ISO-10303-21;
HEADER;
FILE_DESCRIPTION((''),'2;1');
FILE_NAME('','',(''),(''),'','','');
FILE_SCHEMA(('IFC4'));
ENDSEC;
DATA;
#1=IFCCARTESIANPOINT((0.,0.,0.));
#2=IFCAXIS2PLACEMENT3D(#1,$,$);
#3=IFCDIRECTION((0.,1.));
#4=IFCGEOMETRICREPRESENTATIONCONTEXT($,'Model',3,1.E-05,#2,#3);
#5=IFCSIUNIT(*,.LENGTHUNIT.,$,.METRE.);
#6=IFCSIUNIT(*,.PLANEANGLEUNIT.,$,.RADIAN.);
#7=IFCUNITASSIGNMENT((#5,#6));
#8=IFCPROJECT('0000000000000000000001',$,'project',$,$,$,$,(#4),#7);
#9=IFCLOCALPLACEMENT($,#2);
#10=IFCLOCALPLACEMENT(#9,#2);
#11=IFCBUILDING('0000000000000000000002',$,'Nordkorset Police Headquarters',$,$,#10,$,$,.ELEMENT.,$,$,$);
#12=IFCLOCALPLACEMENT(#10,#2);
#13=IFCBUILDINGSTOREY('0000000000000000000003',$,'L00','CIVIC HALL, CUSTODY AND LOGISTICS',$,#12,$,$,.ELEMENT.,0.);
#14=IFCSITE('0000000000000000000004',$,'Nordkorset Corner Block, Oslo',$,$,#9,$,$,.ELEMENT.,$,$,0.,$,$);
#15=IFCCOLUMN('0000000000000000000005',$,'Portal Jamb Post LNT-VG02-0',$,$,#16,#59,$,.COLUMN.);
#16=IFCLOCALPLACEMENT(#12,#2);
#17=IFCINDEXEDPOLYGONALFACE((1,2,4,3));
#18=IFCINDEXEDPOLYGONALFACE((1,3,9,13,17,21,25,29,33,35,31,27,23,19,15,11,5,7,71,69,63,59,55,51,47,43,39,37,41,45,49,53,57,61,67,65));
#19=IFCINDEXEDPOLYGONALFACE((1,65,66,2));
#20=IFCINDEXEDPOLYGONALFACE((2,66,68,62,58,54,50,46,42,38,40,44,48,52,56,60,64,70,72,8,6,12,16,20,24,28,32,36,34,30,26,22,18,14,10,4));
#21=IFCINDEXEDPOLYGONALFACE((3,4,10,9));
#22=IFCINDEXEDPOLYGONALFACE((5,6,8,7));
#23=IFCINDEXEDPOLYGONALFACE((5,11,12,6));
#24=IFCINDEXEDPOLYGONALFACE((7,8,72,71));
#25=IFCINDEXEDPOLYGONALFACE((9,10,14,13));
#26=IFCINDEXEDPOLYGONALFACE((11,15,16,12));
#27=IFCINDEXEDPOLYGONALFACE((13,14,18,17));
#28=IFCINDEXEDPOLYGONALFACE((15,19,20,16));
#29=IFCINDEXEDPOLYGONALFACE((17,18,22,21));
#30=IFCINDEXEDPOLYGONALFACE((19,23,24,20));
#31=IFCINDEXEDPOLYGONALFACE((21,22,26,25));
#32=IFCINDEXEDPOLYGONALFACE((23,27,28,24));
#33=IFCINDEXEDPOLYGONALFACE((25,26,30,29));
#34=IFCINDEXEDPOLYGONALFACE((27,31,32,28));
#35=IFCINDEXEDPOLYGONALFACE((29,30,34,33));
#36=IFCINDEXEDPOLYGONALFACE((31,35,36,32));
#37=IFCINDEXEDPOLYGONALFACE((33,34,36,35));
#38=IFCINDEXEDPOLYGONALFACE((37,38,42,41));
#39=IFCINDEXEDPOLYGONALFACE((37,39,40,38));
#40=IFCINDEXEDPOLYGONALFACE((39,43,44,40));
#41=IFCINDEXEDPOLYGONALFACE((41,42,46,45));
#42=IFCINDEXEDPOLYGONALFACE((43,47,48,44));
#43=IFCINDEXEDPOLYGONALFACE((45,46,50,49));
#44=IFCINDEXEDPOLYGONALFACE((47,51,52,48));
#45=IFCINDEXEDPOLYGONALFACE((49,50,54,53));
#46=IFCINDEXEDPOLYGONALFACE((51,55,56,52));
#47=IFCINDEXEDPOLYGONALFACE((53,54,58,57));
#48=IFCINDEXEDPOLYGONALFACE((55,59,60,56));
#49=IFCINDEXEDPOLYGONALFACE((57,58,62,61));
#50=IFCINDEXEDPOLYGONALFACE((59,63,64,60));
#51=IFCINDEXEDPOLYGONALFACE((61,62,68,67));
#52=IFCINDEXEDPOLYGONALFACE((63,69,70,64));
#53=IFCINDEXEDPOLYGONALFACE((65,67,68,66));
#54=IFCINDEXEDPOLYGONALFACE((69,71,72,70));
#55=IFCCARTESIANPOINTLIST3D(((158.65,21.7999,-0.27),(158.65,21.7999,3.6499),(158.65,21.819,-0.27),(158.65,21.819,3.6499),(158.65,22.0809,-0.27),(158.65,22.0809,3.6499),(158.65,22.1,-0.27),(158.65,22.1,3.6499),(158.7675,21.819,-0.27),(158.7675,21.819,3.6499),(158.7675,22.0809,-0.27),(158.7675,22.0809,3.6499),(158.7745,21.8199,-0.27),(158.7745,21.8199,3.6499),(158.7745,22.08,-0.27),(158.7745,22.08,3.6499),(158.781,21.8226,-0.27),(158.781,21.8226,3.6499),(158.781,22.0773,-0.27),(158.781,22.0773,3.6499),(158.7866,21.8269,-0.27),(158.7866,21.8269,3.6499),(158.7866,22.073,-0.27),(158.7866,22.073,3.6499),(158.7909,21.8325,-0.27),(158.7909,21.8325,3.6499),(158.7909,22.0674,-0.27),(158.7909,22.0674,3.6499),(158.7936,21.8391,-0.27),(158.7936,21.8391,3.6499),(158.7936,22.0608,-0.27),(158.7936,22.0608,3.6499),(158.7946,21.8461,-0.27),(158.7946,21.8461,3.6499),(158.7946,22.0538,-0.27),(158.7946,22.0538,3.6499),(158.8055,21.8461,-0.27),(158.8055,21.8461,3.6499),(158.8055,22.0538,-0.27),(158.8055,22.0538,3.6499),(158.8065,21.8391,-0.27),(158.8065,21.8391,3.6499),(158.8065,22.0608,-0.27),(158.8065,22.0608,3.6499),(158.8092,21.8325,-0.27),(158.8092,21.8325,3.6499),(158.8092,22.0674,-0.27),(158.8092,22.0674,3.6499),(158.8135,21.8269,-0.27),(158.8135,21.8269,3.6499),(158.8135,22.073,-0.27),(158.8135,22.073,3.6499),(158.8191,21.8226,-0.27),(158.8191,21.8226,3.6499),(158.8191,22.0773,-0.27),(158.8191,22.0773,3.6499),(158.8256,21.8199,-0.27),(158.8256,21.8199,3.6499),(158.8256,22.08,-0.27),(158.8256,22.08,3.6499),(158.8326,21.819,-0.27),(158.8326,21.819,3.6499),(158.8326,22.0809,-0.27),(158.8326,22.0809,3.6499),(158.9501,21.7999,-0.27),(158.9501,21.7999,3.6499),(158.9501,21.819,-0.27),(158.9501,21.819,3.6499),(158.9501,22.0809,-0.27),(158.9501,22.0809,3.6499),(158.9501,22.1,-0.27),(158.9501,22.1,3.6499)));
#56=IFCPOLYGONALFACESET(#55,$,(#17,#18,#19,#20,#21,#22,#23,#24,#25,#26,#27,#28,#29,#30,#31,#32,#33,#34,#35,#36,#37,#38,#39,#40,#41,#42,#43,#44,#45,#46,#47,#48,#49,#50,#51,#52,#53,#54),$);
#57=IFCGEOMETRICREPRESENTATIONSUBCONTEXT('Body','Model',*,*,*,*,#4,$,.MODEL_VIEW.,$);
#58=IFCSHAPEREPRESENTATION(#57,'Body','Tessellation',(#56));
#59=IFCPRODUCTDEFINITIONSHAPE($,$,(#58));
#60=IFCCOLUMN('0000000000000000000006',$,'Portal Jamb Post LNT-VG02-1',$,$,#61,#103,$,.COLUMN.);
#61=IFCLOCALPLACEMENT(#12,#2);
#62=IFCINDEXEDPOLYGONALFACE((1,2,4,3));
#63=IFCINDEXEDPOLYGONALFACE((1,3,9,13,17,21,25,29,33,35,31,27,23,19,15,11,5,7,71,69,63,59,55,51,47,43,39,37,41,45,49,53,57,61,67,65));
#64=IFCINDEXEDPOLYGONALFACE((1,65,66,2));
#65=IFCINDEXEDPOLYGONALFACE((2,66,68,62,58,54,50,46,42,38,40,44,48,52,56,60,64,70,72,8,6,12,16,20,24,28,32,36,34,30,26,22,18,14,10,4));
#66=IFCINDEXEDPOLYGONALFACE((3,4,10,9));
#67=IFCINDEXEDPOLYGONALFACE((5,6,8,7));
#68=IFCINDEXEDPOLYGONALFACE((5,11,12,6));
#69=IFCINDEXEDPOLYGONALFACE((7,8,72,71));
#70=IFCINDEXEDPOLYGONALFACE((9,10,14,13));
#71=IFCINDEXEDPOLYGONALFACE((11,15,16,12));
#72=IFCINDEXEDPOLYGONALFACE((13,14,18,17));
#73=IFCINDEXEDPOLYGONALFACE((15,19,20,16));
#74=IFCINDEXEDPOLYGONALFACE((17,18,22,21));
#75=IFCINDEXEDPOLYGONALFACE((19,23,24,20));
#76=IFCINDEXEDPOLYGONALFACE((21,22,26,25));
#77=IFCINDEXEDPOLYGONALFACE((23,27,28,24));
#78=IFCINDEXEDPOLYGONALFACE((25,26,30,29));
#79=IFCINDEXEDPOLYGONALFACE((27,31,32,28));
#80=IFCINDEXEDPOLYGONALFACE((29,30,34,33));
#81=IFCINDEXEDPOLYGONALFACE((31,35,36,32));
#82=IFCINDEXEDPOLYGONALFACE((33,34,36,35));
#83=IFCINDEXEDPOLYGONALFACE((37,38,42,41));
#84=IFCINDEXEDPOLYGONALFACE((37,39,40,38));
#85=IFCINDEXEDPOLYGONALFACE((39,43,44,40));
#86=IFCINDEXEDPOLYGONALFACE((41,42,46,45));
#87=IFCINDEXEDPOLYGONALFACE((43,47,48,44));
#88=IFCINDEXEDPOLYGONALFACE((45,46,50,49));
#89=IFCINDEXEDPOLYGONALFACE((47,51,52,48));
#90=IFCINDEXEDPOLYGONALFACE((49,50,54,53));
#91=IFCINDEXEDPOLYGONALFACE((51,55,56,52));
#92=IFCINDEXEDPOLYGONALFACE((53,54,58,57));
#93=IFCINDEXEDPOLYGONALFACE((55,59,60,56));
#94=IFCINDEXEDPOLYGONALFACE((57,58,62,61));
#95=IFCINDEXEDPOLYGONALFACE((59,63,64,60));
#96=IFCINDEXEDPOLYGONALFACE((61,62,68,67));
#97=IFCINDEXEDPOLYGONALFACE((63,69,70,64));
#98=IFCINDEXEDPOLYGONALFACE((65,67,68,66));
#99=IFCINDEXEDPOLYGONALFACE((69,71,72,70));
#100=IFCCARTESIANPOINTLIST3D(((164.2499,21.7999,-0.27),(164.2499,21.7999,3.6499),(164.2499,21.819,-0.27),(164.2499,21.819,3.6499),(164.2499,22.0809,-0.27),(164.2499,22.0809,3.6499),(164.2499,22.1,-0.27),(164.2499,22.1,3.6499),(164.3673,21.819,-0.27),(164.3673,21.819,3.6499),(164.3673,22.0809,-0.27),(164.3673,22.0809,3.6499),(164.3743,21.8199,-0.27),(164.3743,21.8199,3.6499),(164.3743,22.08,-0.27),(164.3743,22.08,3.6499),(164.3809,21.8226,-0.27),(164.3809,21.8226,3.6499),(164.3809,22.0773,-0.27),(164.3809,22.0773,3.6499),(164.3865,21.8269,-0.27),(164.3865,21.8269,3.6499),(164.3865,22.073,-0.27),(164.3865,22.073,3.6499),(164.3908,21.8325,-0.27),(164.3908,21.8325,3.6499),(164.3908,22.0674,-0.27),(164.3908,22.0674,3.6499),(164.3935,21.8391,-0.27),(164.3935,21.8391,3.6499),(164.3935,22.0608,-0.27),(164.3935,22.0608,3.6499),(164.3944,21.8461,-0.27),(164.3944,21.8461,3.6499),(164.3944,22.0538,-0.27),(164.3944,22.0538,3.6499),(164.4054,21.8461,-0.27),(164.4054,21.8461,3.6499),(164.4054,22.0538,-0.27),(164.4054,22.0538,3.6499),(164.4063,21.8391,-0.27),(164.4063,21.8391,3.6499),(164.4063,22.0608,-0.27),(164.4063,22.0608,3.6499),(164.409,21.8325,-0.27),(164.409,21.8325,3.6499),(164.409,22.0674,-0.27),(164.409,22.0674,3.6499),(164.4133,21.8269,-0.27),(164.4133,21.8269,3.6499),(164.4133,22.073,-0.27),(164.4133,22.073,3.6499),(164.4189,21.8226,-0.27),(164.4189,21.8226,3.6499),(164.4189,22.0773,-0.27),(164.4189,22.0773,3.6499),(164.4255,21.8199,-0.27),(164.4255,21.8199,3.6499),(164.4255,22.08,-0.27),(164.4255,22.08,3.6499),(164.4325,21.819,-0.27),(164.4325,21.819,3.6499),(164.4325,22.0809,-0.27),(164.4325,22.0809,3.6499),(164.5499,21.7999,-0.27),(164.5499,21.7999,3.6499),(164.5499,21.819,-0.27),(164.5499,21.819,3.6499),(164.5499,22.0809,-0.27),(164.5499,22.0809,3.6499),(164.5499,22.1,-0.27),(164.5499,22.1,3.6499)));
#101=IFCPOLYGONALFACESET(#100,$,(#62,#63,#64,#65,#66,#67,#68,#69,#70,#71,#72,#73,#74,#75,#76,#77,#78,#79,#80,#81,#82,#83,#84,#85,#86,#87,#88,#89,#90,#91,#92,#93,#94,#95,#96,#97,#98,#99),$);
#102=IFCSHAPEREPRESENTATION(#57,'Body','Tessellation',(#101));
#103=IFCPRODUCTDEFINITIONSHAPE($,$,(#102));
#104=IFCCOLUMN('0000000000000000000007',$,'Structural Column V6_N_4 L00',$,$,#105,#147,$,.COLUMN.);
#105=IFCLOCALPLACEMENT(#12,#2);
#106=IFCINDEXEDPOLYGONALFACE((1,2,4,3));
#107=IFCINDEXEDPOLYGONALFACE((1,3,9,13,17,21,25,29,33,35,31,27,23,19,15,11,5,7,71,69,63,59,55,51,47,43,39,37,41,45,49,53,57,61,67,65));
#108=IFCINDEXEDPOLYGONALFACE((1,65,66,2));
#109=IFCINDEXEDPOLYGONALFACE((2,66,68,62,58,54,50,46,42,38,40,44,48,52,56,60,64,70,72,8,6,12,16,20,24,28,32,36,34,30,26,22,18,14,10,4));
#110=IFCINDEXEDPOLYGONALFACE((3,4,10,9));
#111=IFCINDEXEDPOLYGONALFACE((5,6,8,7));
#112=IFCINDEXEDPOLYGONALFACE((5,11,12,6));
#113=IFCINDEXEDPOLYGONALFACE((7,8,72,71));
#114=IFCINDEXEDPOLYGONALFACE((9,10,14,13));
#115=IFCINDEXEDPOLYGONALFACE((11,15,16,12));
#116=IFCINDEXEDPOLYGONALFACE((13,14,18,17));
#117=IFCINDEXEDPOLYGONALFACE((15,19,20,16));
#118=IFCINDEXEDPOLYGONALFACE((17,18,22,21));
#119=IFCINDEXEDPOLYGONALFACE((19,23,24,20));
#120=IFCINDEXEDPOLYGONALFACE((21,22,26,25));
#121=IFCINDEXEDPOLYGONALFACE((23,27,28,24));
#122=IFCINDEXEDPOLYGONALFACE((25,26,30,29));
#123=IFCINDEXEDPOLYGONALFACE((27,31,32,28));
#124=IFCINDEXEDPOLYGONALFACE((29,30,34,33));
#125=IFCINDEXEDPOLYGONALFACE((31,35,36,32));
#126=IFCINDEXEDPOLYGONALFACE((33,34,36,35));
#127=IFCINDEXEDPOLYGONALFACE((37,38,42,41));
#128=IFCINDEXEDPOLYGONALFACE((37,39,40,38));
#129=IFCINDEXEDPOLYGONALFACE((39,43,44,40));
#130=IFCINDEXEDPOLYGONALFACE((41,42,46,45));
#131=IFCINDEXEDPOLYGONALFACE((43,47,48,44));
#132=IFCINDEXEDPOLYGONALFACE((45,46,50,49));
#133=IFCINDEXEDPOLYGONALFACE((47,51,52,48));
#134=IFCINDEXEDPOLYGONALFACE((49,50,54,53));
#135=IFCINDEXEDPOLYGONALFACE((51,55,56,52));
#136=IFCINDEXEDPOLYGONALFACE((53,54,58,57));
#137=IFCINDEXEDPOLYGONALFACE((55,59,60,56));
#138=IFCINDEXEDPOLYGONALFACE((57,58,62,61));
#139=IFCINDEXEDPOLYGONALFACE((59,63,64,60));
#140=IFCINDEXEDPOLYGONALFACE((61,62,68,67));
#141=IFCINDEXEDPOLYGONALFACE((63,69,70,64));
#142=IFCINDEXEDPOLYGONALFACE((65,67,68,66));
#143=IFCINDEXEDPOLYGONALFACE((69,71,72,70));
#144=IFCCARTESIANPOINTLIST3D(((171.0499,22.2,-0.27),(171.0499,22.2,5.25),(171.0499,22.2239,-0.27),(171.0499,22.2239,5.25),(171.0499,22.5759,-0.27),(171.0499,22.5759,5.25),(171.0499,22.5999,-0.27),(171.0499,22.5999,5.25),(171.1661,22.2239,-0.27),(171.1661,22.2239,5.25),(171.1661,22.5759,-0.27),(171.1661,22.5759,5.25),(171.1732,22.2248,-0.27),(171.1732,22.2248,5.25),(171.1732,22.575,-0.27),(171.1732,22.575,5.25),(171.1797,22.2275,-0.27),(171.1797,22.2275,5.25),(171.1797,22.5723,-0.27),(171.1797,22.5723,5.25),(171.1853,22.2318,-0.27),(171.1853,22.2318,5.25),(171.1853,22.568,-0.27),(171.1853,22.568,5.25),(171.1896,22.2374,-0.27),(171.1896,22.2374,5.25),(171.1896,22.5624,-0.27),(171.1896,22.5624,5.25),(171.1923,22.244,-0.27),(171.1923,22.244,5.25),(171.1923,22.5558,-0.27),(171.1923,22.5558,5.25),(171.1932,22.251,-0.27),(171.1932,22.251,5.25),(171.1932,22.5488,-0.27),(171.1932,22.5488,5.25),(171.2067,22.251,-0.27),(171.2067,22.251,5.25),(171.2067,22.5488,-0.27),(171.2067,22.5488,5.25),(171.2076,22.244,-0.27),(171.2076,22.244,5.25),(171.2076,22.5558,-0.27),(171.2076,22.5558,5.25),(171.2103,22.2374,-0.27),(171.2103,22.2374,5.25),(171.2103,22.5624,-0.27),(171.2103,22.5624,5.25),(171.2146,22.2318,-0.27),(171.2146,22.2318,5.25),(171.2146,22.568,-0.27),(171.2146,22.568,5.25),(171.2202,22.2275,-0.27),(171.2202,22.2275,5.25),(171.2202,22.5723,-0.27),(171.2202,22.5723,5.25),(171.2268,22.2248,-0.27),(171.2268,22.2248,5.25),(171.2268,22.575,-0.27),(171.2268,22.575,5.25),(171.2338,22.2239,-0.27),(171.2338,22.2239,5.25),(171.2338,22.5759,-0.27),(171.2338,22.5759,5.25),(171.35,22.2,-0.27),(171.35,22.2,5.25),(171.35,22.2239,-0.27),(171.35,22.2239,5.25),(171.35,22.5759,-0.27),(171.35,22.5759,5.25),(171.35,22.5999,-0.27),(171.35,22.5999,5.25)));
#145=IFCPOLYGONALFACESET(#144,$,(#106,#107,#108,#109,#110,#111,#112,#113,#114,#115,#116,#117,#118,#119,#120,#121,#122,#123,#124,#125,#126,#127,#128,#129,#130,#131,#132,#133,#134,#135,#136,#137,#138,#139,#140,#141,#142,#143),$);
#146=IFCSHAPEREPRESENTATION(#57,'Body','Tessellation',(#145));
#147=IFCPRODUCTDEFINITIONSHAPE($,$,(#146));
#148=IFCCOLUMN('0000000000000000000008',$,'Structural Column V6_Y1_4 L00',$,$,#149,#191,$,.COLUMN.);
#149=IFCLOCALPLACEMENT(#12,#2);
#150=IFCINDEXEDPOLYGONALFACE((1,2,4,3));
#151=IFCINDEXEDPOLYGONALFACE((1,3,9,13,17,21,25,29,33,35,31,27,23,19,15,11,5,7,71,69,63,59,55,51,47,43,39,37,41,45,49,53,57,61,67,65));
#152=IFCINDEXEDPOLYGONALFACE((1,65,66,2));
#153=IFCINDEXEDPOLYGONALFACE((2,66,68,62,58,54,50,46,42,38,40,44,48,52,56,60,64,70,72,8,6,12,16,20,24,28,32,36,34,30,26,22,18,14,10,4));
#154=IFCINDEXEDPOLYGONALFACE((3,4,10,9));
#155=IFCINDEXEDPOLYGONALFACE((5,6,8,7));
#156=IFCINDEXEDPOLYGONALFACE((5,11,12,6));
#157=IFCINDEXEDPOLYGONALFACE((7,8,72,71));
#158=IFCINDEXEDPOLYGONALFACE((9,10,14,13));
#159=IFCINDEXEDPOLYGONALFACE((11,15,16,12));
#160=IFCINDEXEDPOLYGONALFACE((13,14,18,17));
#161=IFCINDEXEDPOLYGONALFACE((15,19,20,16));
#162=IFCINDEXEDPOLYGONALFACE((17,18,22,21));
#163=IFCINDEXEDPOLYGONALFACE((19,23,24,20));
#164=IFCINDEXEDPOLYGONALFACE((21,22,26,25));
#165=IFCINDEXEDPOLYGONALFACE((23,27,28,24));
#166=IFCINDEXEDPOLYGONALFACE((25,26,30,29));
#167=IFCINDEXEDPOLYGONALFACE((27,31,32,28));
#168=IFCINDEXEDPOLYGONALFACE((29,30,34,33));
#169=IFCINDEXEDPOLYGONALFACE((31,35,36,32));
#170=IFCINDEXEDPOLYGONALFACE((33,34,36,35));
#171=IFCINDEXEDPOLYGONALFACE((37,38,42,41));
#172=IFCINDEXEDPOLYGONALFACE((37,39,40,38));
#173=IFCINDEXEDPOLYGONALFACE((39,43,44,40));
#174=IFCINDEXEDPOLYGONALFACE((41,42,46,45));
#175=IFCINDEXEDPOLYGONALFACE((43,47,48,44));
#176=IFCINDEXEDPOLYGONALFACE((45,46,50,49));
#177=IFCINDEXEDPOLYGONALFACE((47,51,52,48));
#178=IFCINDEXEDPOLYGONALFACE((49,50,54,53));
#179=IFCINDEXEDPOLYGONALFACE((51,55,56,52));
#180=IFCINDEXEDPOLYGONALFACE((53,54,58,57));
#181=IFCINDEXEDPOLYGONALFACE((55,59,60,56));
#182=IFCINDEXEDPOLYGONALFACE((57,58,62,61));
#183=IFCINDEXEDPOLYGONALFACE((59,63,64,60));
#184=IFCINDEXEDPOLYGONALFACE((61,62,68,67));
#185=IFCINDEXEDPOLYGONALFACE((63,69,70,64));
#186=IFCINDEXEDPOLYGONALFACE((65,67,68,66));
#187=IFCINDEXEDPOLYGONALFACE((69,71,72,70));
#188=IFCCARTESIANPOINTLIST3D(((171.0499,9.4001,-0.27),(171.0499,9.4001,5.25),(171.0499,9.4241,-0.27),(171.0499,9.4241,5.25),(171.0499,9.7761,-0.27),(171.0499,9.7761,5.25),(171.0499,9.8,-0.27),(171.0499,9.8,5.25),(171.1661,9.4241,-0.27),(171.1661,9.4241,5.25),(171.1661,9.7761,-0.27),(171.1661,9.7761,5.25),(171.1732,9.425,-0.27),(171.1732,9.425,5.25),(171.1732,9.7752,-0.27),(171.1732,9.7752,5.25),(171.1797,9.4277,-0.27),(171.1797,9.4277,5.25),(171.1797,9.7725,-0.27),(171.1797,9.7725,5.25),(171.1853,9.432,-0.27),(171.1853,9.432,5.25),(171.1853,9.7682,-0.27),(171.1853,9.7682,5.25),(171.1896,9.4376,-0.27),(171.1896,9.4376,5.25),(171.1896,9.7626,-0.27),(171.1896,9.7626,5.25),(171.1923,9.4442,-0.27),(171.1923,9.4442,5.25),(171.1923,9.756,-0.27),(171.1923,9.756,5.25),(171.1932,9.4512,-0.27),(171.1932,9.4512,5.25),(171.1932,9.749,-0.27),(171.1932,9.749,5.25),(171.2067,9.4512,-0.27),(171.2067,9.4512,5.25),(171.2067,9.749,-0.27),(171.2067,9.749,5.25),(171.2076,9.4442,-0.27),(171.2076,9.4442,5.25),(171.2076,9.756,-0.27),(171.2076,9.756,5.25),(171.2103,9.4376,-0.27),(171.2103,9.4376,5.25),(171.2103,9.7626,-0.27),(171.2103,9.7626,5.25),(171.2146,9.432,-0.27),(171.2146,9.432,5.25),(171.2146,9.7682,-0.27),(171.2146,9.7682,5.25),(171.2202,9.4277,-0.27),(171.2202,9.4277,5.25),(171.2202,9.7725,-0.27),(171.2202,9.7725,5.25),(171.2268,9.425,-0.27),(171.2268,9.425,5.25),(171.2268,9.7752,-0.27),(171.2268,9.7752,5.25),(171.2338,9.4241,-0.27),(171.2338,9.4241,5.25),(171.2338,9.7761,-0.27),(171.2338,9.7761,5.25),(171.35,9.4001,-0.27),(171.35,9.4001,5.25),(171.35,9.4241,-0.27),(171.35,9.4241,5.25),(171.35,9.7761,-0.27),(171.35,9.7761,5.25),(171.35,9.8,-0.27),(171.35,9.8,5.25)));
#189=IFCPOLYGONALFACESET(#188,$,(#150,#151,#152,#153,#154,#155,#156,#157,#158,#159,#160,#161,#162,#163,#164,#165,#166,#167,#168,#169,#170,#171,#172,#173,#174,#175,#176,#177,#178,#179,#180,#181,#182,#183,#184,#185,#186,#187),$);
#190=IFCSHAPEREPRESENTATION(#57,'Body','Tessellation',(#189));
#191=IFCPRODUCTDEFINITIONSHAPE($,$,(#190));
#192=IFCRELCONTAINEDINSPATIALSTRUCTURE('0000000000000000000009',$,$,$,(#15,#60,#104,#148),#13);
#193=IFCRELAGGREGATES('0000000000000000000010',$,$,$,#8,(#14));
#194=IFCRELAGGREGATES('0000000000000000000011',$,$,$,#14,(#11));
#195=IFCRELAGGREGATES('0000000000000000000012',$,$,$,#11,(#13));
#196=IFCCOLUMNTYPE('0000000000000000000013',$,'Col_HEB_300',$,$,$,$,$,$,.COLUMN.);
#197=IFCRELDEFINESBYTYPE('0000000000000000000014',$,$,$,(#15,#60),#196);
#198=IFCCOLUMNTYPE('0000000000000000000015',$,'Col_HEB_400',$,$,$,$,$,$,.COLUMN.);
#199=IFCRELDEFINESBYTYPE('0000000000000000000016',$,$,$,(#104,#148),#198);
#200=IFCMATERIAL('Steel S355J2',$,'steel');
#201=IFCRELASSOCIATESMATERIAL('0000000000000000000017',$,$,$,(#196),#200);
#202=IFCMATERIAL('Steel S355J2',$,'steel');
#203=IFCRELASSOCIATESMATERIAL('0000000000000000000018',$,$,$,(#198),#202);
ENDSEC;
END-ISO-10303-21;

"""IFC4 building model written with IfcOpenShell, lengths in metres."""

from ifc_helpers import new_model, si_unit, direction, frame, origin, origin_2d, place, context, subcontext, project, spatial, i_section, extrude, material, material_profile, profile_set, type_object, element, save


model = new_model("IFC4")

# Units and contexts
model_context = context("Model", 3, precision=1e-05, world=origin(), true_north=direction((0.0, 1.0)))
body_context = subcontext(model_context, "Body", "Model", "MODEL_VIEW")
ifc_project = project(units=[si_unit("LENGTHUNIT", "METRE"), si_unit("PLANEANGLEUNIT", "RADIAN")], contexts=[model_context])

# Site, building, storey
site_placement = place(None, origin())
site = spatial("IfcSite", under=ifc_project, at=site_placement, Name="Nordkorset Corner Block, Oslo", CompositionType="ELEMENT", RefElevation=0.0)
building_placement = place(site_placement, origin())
building = spatial("IfcBuilding", under=site, at=building_placement, Name="Nordkorset Police Headquarters", CompositionType="ELEMENT")
storey_placement = place(building_placement, origin())
storey = spatial("IfcBuildingStorey", under=building, at=storey_placement, Name="L00", Description="CIVIC HALL, CUSTODY AND LOGISTICS", CompositionType="ELEMENT", Elevation=0.0)

# Columns
ifc_material_1 = material(Name="Steel S355J2", Category="steel")
ifc_material_profile_1 = material_profile(ifc_material_1, i_section(OverallWidth=0.3, OverallDepth=0.3, WebThickness=0.011, FlangeThickness=0.019, FilletRadius=0.0271, at=origin_2d()), Name="HEB 300")
ifc_profile_set_1 = profile_set([ifc_material_profile_1], Name="Steel S355J2")
column_type_1 = type_object("IfcColumnType", Name="Col_HEB_300", PredefinedType="COLUMN", material=ifc_profile_set_1)
for number, where, z_axis, x_axis, name in (
    (1, (158.8, 21.95, -0.27), (0.0, 0.0, 1.0), (1.0, 0.0, 0.0), "Portal Jamb Post LNT-VG02-0"),
    (2, (164.3999, 21.95, -0.27), (0.0, 0.0, 1.0), (1.0, 0.0, 0.0), "Portal Jamb Post LNT-VG02-1"),
):
    element("IfcColumn", number, at=place(storey_placement, frame(where, z_axis=z_axis, x_axis=x_axis)), inside=storey, type_object=column_type_1, Name=name, PredefinedType="COLUMN", context=body_context, shape_type="SweptSolid", body=[
        extrude(i_section(OverallWidth=0.3, OverallDepth=0.3, WebThickness=0.011, FlangeThickness=0.019, FilletRadius=0.0271, at=origin_2d()), origin(), (0.0, 0.0, 1.0), 3.9199),
    ])
ifc_material_2 = material(Name="Steel S355J2", Category="steel")
ifc_material_profile_2 = material_profile(ifc_material_2, i_section(OverallWidth=0.3, OverallDepth=0.3999, WebThickness=0.0134, FlangeThickness=0.0239, FilletRadius=0.0271, at=origin_2d()), Name="HEB 400")
ifc_profile_set_2 = profile_set([ifc_material_profile_2], Name="Steel S355J2")
column_type_2 = type_object("IfcColumnType", Name="Col_HEB_400", PredefinedType="COLUMN", material=ifc_profile_set_2)
for number, where, z_axis, x_axis, name in (
    (3, (171.2, 22.3999, -0.27), (0.0, 0.0, 1.0), (1.0, 0.0, 0.0), "Structural Column V6_N_4 L00"),
    (4, (171.2, 9.6001, -0.27), (0.0, 0.0, 1.0), (1.0, 0.0, 0.0), "Structural Column V6_Y1_4 L00"),
):
    element("IfcColumn", number, at=place(storey_placement, frame(where, z_axis=z_axis, x_axis=x_axis)), inside=storey, type_object=column_type_2, Name=name, PredefinedType="COLUMN", context=body_context, shape_type="SweptSolid", body=[
        extrude(i_section(OverallWidth=0.3, OverallDepth=0.3999, WebThickness=0.0134, FlangeThickness=0.0239, FilletRadius=0.0271, at=origin_2d()), origin(), (0.0, 0.0, 1.0), 5.52),
    ])

save(model, "model.ifc")
